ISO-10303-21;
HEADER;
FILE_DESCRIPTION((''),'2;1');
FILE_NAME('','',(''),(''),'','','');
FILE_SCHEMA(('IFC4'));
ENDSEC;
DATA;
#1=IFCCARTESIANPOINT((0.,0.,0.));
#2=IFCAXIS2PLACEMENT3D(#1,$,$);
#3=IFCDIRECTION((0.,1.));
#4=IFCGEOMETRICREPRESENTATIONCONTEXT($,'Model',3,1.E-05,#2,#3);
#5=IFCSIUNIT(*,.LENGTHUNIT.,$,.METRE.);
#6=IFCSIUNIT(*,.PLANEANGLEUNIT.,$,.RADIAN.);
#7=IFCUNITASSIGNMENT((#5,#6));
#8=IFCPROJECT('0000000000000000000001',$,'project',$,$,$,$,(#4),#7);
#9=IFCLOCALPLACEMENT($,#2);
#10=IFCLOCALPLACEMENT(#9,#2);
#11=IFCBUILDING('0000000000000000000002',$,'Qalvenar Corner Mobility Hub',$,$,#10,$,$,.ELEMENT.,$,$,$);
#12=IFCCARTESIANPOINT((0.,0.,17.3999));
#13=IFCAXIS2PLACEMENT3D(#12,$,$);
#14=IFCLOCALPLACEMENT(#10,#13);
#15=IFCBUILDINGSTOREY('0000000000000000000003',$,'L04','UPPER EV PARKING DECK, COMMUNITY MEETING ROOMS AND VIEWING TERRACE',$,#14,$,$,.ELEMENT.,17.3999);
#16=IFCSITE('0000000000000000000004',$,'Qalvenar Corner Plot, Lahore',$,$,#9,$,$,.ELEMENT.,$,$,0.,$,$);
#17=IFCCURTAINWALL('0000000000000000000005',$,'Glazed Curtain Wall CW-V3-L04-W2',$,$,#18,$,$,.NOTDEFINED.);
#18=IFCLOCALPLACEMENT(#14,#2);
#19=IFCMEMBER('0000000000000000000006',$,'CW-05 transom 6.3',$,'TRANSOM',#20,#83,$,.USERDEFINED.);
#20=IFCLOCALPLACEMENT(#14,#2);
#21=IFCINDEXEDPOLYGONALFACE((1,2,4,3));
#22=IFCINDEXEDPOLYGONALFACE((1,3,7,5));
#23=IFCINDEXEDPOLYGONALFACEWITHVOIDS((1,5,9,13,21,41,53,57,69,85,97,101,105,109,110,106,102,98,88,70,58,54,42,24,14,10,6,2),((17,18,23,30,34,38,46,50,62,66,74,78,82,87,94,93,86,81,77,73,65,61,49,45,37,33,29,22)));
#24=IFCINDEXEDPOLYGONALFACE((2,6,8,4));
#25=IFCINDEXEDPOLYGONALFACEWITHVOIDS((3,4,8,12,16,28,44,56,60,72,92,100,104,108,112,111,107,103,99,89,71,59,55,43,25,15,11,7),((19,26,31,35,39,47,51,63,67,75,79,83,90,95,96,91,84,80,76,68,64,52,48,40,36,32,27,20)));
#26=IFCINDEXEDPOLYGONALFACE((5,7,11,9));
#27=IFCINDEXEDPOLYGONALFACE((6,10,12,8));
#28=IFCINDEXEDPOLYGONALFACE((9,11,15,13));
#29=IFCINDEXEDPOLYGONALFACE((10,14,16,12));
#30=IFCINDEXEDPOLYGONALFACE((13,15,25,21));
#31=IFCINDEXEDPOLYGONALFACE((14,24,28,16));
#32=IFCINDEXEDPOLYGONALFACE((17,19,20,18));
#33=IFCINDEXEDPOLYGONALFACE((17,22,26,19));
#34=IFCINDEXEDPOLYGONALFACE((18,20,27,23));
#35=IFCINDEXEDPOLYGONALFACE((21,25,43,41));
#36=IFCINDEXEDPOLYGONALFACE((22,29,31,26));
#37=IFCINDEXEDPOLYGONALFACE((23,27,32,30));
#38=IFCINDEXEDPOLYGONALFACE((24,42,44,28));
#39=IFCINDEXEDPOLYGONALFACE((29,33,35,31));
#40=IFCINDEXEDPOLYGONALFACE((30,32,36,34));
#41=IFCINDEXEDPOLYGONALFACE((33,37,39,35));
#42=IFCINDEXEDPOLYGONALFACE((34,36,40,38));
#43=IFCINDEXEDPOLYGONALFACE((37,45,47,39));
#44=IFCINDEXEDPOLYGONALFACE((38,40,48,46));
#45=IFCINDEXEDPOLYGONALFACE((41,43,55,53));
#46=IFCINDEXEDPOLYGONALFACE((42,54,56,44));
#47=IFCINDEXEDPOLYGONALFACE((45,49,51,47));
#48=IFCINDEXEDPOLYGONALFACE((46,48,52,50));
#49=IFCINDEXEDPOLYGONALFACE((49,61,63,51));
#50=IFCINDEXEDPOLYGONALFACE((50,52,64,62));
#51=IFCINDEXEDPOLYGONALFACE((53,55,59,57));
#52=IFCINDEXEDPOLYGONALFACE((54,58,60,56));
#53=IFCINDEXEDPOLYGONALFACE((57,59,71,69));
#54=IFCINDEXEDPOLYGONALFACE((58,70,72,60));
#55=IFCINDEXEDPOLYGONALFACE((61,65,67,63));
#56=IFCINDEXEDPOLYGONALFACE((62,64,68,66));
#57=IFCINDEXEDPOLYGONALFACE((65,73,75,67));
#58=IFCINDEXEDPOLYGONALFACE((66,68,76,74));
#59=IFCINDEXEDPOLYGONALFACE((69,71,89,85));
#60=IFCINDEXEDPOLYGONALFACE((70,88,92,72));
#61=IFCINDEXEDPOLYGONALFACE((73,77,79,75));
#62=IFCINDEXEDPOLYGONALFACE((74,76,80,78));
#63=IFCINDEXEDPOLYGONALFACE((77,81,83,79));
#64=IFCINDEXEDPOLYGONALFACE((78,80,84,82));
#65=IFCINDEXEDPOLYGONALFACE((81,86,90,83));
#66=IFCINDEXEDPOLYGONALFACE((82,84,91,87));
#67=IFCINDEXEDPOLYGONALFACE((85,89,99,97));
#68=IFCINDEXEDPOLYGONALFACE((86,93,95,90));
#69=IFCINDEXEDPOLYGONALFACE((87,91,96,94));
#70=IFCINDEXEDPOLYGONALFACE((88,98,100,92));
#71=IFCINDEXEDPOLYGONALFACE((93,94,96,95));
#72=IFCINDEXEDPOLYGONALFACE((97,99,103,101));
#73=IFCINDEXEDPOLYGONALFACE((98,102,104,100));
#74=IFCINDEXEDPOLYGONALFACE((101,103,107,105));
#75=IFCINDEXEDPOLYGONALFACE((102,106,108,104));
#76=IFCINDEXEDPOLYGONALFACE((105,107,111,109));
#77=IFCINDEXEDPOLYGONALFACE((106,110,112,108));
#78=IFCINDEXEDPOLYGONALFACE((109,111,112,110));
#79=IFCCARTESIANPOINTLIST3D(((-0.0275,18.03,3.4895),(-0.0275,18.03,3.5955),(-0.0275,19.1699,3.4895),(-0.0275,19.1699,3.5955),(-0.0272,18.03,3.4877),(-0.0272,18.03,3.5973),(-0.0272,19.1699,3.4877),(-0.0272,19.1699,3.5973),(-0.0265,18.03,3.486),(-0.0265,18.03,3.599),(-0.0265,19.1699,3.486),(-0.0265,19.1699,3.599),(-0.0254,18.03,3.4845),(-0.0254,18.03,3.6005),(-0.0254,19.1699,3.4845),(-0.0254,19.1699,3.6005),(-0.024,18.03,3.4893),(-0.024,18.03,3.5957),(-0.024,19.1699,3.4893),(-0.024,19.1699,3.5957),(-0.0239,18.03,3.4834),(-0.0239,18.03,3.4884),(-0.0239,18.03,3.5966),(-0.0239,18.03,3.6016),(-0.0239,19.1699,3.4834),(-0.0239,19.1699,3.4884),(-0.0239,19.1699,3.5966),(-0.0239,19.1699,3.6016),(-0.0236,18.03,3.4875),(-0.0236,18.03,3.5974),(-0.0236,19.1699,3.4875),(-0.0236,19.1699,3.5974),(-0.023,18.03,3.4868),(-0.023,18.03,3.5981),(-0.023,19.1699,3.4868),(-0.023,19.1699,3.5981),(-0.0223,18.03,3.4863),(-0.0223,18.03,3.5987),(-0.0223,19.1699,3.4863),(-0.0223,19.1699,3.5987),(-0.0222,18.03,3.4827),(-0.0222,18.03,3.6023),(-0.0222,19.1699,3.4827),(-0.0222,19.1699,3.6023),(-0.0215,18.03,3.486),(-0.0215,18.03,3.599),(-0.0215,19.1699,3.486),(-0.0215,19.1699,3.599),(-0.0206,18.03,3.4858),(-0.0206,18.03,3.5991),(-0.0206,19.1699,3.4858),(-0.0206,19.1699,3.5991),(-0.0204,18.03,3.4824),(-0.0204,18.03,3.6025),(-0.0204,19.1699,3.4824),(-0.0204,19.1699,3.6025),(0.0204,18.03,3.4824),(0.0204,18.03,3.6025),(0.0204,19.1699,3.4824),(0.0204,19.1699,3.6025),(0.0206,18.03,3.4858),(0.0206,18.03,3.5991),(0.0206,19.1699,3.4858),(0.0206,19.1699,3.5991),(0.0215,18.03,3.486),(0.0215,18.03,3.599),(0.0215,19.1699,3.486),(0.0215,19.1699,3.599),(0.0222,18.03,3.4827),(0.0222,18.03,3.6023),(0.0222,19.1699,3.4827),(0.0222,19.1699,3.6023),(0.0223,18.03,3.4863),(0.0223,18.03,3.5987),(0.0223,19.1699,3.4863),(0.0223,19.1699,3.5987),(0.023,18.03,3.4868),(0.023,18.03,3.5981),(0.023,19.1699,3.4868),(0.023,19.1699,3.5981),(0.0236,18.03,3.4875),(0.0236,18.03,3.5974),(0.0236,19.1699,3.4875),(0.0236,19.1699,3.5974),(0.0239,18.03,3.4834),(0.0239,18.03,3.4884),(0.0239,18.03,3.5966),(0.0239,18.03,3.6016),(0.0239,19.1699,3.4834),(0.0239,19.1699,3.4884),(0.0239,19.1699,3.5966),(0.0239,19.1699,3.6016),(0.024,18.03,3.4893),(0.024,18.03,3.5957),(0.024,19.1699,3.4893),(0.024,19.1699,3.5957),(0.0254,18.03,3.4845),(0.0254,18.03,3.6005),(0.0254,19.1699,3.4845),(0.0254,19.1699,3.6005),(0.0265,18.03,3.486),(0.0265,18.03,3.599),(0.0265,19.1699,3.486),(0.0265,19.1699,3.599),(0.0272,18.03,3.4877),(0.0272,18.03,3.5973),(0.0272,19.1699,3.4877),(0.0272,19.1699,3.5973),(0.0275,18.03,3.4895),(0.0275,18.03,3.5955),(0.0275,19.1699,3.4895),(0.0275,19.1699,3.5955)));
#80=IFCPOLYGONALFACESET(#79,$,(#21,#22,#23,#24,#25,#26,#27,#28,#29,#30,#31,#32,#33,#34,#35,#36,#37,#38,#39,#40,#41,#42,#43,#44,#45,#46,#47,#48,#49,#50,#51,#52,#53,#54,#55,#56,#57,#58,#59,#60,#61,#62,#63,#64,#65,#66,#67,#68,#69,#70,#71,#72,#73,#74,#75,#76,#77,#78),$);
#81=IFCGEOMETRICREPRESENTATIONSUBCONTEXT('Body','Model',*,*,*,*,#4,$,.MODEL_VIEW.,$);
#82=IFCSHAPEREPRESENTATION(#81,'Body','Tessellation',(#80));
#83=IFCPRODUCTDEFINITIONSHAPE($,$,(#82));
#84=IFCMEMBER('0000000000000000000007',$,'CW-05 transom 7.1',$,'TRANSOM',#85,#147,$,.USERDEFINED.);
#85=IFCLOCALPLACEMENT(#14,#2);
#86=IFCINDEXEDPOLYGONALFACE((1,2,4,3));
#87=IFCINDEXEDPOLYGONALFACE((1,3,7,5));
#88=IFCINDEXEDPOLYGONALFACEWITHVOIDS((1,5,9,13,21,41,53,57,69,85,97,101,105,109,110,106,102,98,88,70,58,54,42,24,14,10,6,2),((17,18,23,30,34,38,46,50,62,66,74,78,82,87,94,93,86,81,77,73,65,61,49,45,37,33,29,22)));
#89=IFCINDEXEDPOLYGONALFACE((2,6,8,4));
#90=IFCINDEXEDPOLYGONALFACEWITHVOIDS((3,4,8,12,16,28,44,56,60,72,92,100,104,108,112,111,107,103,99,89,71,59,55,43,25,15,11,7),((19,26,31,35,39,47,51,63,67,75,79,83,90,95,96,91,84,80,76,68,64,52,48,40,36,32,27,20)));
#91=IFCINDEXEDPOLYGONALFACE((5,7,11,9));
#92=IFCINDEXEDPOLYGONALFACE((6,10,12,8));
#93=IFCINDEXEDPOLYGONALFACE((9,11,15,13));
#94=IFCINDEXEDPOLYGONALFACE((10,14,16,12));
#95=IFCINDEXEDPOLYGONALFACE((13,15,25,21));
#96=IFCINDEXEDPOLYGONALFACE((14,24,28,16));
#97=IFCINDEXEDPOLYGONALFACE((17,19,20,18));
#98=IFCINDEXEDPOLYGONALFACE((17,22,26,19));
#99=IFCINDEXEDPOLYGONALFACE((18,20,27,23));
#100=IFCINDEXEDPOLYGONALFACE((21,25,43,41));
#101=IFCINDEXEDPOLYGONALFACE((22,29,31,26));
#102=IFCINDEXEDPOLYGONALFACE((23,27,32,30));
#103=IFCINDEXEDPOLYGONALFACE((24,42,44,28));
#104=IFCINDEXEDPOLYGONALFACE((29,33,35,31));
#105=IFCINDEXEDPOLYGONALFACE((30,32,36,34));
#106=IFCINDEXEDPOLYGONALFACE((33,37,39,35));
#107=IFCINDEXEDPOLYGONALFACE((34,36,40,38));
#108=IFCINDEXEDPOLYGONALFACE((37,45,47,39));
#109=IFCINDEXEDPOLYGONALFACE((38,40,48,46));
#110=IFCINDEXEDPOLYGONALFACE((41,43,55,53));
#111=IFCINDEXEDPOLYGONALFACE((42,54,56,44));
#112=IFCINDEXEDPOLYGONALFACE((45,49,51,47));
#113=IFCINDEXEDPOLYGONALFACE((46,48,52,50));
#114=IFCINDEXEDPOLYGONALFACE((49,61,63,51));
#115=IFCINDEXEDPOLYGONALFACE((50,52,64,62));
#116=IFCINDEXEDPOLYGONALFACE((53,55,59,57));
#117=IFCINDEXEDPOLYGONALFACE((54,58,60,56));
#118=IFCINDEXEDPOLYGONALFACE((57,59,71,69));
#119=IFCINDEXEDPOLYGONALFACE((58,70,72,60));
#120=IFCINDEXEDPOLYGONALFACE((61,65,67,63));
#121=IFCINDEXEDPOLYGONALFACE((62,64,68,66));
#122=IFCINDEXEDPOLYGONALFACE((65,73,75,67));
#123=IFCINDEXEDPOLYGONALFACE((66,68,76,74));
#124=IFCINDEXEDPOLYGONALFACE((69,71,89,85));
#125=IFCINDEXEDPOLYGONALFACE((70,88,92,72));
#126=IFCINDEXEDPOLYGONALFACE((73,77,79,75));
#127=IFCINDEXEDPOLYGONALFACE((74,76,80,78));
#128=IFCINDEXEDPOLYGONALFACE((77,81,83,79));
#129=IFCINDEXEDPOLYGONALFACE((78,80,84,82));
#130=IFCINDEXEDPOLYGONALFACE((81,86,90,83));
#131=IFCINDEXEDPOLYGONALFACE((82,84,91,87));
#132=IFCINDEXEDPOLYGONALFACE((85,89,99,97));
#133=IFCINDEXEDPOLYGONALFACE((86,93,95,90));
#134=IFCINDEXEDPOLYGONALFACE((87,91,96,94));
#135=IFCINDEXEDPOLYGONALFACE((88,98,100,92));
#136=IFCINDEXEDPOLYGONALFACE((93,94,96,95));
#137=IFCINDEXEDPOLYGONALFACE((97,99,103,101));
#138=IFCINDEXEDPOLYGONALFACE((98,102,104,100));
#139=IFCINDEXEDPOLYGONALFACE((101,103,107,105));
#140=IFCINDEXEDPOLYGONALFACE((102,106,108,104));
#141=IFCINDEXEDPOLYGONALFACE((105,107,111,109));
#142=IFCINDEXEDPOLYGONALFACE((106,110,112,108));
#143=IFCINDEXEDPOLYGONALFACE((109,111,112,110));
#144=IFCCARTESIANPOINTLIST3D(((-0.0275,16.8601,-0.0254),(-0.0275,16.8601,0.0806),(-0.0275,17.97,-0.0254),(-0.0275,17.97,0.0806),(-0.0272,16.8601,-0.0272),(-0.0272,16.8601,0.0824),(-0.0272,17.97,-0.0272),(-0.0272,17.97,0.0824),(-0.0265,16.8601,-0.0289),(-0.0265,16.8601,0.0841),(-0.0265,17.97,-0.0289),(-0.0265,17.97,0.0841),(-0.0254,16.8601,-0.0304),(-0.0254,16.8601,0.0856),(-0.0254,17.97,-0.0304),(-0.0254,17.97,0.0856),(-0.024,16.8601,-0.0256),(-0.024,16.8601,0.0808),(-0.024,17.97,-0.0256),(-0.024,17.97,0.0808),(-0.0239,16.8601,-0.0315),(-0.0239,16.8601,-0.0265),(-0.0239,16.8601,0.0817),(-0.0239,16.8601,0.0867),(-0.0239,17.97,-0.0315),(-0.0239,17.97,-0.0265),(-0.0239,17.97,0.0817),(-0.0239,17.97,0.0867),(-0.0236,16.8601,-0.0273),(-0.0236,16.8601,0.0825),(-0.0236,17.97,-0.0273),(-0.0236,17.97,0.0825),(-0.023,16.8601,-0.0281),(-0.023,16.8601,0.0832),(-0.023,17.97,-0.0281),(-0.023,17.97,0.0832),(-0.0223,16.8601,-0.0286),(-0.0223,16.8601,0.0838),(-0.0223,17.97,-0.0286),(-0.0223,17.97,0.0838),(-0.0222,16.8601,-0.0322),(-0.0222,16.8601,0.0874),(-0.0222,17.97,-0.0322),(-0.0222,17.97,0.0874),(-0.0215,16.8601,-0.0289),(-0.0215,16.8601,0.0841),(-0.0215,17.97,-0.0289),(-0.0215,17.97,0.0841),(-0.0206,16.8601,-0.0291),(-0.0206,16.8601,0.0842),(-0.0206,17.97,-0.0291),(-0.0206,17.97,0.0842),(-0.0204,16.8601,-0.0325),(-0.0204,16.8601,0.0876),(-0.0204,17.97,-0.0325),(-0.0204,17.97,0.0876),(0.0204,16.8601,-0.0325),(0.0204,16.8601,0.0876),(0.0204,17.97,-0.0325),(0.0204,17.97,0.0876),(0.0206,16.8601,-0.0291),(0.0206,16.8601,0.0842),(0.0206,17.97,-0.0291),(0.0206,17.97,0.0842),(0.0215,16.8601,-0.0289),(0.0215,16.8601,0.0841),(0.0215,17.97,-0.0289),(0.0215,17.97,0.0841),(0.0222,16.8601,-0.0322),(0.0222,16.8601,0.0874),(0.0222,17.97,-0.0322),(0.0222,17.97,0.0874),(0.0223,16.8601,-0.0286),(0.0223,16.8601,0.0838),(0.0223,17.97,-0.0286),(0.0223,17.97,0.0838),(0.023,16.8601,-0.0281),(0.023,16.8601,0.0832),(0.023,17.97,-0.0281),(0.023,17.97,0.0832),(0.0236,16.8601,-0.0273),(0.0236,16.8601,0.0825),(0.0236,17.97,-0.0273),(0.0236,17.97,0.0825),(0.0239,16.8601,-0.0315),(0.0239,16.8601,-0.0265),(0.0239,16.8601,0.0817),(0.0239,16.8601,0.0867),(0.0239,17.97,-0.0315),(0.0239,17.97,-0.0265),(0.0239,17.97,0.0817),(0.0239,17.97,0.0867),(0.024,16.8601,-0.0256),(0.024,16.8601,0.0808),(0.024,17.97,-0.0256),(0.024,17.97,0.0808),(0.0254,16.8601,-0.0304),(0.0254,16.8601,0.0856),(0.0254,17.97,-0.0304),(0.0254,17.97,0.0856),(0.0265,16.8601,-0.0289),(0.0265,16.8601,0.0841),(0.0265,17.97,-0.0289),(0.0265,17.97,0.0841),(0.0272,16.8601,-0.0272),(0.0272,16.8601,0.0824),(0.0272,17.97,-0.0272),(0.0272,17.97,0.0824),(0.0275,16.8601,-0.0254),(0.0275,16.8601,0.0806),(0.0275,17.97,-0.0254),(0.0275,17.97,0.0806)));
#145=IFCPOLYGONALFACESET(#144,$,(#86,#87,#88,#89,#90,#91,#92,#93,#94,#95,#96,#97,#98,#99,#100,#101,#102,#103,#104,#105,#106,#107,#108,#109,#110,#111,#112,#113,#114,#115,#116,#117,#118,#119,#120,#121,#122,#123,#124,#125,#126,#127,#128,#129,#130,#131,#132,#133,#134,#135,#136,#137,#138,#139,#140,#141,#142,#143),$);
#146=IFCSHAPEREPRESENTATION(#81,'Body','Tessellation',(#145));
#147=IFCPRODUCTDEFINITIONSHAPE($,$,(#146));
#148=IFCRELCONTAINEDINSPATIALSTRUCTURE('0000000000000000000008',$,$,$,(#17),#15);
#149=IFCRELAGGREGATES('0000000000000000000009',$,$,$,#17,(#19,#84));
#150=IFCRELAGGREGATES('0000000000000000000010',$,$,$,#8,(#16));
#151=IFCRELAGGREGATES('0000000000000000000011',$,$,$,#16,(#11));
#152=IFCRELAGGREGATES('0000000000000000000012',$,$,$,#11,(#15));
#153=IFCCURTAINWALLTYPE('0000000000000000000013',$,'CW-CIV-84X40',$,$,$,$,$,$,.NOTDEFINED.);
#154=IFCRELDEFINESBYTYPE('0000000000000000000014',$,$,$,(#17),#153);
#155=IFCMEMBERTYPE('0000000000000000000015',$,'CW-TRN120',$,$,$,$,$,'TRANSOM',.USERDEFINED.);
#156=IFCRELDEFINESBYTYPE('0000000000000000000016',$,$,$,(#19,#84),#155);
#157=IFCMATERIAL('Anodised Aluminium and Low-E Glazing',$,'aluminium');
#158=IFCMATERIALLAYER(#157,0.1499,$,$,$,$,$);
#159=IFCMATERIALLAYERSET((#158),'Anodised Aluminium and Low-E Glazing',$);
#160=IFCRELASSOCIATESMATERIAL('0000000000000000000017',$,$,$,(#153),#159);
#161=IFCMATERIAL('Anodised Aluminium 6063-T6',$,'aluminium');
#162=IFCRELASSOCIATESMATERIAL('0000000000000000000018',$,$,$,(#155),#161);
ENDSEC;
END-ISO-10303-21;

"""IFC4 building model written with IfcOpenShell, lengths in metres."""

from ifc_helpers import new_model, si_unit, direction, frame, origin, origin_2d, place, context, subcontext, project, spatial, hollow_rectangle, extrude, material, layer, layer_set, material_profile, profile_set, type_object, element, aggregate, save


model = new_model("IFC4")

# Units and contexts
model_context = context("Model", 3, precision=1e-05, world=origin(), true_north=direction((0.0, 1.0)))
body_context = subcontext(model_context, "Body", "Model", "MODEL_VIEW")
ifc_project = project(units=[si_unit("LENGTHUNIT", "METRE"), si_unit("PLANEANGLEUNIT", "RADIAN")], contexts=[model_context])

# Site, building, storey
site_placement = place(None, origin())
site = spatial("IfcSite", under=ifc_project, at=site_placement, Name="Qalvenar Corner Plot, Lahore", CompositionType="ELEMENT", RefElevation=0.0)
building_placement = place(site_placement, origin())
building = spatial("IfcBuilding", under=site, at=building_placement, Name="Qalvenar Corner Mobility Hub", CompositionType="ELEMENT")
storey_placement = place(building_placement, frame((0.0, 0.0, 17.3999)))
storey = spatial("IfcBuildingStorey", under=building, at=storey_placement, Name="L04", Description="UPPER EV PARKING DECK, COMMUNITY MEETING ROOMS AND VIEWING TERRACE", CompositionType="ELEMENT", Elevation=17.3999)

# Curtain wall, members
ifc_material_1 = material(Name="Anodised Aluminium and Low-E Glazing", Category="aluminium")
ifc_layer_1 = layer(ifc_material_1, 0.1499)
ifc_layer_set_1 = layer_set([ifc_layer_1], Name="Anodised Aluminium and Low-E Glazing")
curtain_wall_type = type_object("IfcCurtainWallType", Name="CW-CIV-84X40", PredefinedType="NOTDEFINED", material=ifc_layer_set_1)
curtain_wall_placement = place(storey_placement, origin())
curtain_wall = element("IfcCurtainWall", 1, at=curtain_wall_placement, inside=storey, type_object=curtain_wall_type, Name="Glazed Curtain Wall CW-V3-L04-W2", PredefinedType="NOTDEFINED")
ifc_material_2 = material(Name="Anodised Aluminium 6063-T6", Category="aluminium")
ifc_material_profile_1 = material_profile(ifc_material_2, hollow_rectangle(XDim=0.0549, YDim=0.1201, WallThickness=0.0034, InnerFilletRadius=0.0034, OuterFilletRadius=0.0071, at=origin_2d()), Name="RHS120x55x3.5")
ifc_profile_set_1 = profile_set([ifc_material_profile_1], Name="Anodised Aluminium 6063-T6")
member_type_1 = type_object("IfcMemberType", Name="CW-TRN120", ElementType="TRANSOM", PredefinedType="USERDEFINED", material=ifc_profile_set_1)
member_1_placement = place(storey_placement, frame((0.0, 19.1699, 3.5425), z_axis=(0.0, -1.0, 0.0), x_axis=(1.0, 0.0, 0.0)))
member_1 = element("IfcMember", 2, at=member_1_placement, type_object=member_type_1, Name="CW-05 transom 6.3", ObjectType="TRANSOM", PredefinedType="USERDEFINED", context=body_context, shape_type="SweptSolid", body=[
    extrude(hollow_rectangle(XDim=0.0549, YDim=0.1201, WallThickness=0.0034, InnerFilletRadius=0.0034, OuterFilletRadius=0.0071, at=origin_2d()), origin(), (0.0, 0.0, 1.0), 1.1399),
])
member_2_placement = place(storey_placement, frame((0.0, 17.97, 0.0276), z_axis=(0.0, -1.0, 0.0), x_axis=(1.0, 0.0, 0.0)))
member_2 = element("IfcMember", 3, at=member_2_placement, type_object=member_type_1, Name="CW-05 transom 7.1", ObjectType="TRANSOM", PredefinedType="USERDEFINED", context=body_context, shape_type="SweptSolid", body=[
    extrude(hollow_rectangle(XDim=0.0549, YDim=0.1201, WallThickness=0.0034, InnerFilletRadius=0.0034, OuterFilletRadius=0.0071, at=origin_2d()), origin(), (0.0, 0.0, 1.0), 1.1099),
])
aggregate(curtain_wall, [member_1, member_2])

save(model, "model.ifc")
